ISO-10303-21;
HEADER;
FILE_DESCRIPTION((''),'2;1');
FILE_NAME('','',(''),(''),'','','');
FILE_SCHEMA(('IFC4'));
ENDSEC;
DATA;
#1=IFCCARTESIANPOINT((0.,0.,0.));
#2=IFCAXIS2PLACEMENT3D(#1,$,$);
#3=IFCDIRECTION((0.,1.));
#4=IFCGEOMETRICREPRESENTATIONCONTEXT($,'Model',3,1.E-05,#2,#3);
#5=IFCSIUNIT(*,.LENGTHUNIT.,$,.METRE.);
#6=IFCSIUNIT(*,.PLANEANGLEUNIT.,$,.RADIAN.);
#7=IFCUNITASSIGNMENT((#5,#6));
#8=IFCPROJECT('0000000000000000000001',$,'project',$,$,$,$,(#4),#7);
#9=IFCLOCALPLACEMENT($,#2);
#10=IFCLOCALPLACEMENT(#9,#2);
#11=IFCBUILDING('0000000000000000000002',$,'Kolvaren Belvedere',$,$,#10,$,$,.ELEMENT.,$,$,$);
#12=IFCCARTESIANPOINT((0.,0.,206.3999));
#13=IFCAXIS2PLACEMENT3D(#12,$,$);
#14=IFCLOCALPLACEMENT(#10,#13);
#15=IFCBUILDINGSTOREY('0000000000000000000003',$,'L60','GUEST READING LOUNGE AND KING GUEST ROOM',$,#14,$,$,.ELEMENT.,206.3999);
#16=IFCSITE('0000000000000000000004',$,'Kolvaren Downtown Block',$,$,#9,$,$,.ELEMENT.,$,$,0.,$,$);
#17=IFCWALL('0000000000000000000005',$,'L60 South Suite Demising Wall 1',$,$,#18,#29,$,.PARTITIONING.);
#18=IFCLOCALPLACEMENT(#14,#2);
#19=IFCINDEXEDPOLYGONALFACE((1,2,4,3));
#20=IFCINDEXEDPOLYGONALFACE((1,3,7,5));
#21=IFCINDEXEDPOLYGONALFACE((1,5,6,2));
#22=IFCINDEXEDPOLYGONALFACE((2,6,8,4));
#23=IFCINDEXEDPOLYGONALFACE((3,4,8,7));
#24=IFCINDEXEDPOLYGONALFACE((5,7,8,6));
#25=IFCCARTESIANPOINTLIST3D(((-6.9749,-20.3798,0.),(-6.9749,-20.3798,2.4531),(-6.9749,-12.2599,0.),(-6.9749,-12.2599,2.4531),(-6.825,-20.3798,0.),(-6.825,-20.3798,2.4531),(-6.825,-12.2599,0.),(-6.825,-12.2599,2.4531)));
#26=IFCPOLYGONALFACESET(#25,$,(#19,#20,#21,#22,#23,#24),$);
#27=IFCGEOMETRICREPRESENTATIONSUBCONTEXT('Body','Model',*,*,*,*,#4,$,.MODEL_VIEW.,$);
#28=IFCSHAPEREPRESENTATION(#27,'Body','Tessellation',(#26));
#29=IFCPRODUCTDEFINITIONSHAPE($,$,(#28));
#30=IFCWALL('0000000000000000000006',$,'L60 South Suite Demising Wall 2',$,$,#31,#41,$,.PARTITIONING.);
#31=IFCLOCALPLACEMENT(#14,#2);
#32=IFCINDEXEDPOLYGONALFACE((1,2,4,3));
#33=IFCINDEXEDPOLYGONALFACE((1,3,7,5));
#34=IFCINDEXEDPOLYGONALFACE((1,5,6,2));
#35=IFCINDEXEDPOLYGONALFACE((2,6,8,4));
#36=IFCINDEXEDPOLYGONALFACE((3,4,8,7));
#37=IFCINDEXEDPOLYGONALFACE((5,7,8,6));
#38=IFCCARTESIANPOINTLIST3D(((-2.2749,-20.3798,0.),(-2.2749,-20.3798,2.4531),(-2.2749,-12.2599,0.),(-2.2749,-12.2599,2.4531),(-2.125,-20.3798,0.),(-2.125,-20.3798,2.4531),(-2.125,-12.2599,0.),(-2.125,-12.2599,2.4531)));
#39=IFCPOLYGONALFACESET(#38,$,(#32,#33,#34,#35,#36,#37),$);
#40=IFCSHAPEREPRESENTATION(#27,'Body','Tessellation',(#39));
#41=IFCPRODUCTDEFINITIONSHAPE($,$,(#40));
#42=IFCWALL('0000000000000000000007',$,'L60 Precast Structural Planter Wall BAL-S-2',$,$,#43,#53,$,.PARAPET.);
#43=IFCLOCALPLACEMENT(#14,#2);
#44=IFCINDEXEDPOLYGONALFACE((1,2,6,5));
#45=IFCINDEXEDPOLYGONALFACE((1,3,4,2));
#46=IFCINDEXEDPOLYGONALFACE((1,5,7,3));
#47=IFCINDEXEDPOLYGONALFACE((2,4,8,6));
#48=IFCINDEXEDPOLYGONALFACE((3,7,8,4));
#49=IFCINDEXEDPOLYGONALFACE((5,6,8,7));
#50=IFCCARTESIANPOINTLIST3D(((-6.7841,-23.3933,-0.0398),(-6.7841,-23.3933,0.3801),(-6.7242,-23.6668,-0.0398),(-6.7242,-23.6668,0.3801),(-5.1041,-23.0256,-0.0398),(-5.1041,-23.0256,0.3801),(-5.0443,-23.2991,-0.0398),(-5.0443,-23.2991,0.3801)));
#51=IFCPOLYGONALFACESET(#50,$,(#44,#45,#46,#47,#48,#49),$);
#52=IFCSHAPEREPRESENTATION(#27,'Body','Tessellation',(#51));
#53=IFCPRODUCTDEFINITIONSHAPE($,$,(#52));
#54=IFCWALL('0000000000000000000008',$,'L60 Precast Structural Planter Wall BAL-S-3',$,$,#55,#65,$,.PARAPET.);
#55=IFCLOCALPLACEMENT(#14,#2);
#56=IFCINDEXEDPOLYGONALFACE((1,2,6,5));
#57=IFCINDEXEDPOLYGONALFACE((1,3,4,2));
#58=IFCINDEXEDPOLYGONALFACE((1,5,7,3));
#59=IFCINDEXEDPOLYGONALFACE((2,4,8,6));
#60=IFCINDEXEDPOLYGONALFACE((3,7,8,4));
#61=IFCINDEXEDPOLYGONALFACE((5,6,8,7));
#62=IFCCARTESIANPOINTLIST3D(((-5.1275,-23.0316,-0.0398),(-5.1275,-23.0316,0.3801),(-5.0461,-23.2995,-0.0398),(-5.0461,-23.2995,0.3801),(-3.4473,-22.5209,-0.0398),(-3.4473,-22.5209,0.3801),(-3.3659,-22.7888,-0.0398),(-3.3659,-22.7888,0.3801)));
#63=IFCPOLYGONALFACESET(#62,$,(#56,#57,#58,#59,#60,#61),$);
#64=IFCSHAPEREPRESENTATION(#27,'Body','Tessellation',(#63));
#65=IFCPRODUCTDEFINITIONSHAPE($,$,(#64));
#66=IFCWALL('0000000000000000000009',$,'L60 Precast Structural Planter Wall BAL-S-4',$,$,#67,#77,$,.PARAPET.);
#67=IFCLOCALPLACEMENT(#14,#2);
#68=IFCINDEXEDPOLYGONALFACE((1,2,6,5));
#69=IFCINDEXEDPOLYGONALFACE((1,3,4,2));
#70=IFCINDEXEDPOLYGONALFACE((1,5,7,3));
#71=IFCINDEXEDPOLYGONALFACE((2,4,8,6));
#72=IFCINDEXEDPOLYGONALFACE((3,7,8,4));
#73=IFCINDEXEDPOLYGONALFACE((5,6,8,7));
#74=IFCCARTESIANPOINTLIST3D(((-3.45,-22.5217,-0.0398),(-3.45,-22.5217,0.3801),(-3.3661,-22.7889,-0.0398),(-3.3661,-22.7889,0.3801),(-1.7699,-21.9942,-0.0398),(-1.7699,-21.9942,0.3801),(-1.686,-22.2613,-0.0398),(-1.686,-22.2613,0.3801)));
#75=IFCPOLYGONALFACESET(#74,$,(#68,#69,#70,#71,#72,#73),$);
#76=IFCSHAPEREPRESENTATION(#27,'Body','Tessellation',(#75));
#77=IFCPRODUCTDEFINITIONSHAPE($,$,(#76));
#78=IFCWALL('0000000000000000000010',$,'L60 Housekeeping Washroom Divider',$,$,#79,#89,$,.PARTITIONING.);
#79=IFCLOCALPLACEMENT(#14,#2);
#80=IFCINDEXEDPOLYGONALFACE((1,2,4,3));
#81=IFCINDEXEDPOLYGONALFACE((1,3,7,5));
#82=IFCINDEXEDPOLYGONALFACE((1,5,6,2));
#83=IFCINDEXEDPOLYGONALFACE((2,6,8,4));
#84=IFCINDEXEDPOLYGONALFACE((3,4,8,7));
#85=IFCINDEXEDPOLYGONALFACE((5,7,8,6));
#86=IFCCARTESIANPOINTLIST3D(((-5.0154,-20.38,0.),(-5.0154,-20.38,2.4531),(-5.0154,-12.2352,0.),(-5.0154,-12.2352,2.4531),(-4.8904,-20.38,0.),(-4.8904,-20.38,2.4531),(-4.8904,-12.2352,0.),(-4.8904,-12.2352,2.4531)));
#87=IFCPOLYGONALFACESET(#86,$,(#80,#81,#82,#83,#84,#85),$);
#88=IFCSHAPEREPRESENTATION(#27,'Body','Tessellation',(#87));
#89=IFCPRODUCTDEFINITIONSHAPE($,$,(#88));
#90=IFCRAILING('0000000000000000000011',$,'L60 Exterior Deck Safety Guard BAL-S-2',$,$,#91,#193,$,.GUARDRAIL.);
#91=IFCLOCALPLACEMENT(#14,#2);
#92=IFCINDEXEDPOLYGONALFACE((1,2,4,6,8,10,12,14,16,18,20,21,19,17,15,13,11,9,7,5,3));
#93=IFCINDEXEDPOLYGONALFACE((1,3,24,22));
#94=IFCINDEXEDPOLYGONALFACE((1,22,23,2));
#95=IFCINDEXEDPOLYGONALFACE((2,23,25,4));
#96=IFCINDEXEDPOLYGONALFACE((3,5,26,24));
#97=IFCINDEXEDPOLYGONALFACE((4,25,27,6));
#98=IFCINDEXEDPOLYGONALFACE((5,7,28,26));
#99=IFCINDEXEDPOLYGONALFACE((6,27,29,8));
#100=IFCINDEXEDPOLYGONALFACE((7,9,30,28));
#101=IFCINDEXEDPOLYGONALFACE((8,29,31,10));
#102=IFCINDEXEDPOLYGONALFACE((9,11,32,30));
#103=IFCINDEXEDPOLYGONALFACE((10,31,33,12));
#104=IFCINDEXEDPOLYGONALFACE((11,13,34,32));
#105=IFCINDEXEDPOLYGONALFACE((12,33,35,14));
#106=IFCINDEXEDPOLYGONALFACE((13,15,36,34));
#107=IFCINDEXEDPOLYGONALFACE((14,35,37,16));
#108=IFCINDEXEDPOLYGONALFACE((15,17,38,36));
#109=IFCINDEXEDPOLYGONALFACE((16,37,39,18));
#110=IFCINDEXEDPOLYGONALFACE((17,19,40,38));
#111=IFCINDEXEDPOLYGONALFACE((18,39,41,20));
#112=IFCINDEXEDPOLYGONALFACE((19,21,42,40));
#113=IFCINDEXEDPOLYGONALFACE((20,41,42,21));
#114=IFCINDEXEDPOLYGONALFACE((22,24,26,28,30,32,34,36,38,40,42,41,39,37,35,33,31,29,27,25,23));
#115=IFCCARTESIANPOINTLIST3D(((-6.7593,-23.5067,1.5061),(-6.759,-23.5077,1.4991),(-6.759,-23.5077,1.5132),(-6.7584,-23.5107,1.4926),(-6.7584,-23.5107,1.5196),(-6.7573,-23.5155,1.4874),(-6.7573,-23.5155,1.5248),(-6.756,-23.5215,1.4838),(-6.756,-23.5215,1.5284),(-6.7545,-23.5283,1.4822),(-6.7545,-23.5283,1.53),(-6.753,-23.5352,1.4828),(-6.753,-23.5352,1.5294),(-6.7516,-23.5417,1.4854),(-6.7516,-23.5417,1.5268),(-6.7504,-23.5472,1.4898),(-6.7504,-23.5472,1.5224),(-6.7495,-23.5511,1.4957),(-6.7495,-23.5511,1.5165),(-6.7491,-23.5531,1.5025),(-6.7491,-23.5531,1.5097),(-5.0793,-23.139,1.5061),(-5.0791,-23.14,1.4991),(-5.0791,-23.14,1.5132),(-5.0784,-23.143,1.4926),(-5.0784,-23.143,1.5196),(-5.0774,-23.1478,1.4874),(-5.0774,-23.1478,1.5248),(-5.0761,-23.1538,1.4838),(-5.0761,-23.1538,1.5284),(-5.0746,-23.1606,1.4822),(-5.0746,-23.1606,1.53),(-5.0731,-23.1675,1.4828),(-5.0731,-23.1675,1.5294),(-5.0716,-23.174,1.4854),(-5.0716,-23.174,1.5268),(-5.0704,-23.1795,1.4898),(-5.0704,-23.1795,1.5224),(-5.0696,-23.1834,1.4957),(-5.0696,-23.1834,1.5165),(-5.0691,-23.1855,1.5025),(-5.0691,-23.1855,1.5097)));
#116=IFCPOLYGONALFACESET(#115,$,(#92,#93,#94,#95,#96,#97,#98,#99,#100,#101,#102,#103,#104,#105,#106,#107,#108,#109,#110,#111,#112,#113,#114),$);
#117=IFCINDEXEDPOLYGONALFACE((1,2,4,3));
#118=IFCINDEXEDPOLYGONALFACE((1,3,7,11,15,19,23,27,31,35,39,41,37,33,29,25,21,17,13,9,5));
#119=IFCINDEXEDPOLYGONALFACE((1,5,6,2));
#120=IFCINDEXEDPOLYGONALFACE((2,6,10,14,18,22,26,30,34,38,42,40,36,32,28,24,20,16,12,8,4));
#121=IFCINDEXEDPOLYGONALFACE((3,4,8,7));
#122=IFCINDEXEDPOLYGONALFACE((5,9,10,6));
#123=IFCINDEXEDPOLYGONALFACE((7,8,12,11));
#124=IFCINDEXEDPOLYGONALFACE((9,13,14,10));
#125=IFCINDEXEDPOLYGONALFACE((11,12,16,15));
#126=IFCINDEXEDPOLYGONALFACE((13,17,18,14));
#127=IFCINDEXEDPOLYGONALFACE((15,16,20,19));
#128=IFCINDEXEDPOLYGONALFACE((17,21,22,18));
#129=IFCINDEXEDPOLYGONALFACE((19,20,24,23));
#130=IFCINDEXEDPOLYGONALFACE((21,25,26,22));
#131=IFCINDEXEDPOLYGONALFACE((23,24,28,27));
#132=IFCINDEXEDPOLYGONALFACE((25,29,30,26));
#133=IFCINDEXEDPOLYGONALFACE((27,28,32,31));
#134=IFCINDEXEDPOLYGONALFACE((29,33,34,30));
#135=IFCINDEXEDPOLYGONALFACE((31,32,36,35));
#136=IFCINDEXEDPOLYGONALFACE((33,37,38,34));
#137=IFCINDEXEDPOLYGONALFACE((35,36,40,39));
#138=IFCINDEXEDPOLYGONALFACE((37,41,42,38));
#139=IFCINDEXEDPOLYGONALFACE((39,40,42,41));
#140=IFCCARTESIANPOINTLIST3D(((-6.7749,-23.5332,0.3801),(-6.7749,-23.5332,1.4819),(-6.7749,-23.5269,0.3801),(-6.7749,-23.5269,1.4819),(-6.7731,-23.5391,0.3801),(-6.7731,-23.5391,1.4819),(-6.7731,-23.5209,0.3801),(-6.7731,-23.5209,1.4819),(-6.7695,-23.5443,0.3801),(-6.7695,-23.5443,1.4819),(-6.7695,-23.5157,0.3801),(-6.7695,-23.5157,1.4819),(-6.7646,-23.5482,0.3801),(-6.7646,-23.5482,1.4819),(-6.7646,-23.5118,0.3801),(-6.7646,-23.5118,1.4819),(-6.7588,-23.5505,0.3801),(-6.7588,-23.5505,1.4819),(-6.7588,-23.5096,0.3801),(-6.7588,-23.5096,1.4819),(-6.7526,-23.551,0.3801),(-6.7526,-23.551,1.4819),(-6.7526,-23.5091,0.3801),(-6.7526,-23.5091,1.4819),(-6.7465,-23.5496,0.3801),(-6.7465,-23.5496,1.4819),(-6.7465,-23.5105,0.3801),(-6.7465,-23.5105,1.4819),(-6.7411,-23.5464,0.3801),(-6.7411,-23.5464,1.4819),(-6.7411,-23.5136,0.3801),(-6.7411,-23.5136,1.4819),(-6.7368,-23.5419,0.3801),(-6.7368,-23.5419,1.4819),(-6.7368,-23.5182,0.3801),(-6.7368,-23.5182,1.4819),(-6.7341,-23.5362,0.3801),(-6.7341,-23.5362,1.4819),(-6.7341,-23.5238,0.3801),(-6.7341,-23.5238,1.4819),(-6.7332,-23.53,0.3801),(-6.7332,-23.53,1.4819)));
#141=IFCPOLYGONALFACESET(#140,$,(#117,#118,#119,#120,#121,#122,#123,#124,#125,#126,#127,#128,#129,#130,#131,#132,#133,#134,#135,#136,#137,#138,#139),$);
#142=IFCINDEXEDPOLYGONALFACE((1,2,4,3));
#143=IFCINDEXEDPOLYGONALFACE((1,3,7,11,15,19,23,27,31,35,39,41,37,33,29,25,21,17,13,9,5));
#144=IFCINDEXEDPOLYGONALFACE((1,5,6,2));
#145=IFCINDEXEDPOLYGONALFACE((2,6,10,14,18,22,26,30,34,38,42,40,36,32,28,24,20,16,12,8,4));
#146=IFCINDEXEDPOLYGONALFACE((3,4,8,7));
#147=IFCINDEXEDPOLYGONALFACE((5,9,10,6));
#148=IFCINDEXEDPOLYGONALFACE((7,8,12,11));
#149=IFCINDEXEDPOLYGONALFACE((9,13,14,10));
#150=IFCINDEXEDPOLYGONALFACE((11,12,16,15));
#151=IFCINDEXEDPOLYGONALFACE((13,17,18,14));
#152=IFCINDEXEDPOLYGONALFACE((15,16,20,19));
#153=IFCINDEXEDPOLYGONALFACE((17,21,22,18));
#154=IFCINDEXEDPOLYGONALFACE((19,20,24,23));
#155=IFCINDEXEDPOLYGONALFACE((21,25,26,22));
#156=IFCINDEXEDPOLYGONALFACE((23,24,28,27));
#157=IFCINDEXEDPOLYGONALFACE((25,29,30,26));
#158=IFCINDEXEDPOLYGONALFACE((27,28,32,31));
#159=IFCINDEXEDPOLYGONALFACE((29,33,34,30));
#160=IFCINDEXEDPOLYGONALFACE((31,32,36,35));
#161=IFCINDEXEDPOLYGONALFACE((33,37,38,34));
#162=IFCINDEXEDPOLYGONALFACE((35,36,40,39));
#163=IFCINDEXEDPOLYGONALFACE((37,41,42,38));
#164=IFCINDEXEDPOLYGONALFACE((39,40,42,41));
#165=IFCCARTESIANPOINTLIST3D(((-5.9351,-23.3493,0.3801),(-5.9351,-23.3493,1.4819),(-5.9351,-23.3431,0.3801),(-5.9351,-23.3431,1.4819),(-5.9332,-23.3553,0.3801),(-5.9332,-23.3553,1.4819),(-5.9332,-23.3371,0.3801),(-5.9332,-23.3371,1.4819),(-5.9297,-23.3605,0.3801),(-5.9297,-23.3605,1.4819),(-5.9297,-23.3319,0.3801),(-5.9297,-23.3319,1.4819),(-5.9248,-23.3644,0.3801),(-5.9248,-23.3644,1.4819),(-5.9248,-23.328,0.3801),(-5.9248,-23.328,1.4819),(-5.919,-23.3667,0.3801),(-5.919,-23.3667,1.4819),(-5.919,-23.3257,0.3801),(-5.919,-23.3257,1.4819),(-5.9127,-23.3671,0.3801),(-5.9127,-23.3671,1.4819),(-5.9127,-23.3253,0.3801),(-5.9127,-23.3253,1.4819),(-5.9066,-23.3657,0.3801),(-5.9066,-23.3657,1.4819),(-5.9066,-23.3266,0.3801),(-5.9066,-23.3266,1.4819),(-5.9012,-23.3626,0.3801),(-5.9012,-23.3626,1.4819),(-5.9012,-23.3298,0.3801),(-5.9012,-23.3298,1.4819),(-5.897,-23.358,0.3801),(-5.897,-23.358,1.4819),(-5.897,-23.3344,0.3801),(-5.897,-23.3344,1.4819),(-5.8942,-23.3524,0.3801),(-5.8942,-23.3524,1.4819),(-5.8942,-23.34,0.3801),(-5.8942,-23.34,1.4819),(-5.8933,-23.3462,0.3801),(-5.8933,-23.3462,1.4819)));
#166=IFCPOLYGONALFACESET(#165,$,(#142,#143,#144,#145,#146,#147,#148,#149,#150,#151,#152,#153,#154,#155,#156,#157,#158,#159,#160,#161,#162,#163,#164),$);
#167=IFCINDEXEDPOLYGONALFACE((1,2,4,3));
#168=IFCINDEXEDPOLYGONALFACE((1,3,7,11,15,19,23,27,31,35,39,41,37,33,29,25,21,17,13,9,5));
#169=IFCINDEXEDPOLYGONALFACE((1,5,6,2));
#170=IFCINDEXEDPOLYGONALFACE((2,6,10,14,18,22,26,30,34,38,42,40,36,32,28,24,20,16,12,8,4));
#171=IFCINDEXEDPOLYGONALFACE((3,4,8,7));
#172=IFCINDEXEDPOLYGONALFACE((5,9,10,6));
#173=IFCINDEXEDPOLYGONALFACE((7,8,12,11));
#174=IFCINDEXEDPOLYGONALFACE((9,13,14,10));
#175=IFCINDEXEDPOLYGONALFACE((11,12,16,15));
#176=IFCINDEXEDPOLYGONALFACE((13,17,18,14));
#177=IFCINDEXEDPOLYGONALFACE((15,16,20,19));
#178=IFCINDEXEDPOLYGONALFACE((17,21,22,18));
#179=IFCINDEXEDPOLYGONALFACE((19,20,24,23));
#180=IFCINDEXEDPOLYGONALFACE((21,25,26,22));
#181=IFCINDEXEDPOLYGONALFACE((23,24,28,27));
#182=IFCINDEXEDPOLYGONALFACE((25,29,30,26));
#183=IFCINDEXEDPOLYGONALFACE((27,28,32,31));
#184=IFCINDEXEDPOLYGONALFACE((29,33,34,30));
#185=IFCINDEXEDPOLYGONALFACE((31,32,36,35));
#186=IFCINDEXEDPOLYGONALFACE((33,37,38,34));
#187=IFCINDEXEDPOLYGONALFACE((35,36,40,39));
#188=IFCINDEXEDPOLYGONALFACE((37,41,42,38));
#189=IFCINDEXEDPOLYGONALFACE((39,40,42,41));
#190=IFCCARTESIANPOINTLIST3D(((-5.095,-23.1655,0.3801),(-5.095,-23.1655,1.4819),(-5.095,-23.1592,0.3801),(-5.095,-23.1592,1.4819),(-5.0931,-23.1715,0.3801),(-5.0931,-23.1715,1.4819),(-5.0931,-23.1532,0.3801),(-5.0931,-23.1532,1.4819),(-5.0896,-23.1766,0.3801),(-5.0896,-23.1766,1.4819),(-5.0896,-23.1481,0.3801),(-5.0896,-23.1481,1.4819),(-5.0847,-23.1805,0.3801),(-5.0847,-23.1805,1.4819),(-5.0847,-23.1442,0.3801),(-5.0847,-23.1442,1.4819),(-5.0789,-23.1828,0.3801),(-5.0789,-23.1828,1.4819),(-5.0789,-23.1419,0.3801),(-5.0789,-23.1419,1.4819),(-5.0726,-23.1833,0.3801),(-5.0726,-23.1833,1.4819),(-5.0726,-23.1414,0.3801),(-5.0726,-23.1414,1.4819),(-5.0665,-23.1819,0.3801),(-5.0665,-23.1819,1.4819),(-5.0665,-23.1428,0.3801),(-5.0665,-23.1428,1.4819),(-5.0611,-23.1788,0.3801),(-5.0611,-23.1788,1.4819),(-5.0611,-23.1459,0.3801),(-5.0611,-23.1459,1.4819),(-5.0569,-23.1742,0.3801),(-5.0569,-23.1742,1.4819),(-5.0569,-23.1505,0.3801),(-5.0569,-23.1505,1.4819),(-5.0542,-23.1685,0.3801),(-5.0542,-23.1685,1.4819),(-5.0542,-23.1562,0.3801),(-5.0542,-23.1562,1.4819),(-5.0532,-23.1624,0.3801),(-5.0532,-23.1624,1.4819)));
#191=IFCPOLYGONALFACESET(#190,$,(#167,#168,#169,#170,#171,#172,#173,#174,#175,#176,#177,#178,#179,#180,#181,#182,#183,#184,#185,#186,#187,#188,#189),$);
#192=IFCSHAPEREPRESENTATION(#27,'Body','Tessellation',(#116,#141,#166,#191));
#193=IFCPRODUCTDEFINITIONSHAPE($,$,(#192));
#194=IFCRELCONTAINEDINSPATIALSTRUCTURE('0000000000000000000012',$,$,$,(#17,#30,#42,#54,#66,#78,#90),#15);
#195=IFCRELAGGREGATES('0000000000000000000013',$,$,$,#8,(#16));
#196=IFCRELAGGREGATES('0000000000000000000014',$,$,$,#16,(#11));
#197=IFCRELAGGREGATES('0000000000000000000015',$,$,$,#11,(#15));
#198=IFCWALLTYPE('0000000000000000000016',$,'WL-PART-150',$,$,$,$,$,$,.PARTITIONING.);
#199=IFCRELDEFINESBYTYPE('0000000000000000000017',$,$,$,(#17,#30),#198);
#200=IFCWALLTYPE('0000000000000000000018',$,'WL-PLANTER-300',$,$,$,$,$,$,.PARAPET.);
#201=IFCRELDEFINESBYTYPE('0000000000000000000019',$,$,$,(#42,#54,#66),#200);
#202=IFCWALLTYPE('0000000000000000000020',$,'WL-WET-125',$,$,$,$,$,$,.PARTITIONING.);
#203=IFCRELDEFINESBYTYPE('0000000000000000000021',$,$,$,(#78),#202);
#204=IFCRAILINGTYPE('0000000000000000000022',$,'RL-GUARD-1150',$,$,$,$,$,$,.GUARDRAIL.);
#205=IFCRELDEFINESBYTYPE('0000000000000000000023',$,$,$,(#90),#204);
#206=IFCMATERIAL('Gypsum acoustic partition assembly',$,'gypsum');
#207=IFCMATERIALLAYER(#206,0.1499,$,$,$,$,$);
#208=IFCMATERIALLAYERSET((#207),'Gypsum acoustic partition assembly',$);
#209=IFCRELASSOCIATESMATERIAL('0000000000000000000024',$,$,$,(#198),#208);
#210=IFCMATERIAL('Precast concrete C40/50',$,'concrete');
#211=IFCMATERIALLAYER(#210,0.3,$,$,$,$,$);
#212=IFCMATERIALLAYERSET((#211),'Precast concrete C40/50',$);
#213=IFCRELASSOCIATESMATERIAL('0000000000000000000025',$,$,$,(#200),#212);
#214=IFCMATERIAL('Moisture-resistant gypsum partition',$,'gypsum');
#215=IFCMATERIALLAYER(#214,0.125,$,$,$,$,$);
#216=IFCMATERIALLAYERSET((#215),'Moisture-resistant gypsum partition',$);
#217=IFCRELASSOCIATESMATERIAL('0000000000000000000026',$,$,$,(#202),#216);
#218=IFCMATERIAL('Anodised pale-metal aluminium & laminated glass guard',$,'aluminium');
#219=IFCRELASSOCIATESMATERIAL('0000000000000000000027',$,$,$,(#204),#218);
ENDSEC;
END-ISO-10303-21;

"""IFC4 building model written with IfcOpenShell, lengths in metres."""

from ifc_helpers import new_model, si_unit, direction, frame, frame_2d, origin, origin_2d, place, context, subcontext, project, spatial, rectangle, circle, extrude, material, layer, layer_set, type_object, element, save


model = new_model("IFC4")

# Units and contexts
model_context = context("Model", 3, precision=1e-05, world=origin(), true_north=direction((0.0, 1.0)))
body_context = subcontext(model_context, "Body", "Model", "MODEL_VIEW")
ifc_project = project(units=[si_unit("LENGTHUNIT", "METRE"), si_unit("PLANEANGLEUNIT", "RADIAN")], contexts=[model_context])

# Site, building, storey
site_placement = place(None, origin())
site = spatial("IfcSite", under=ifc_project, at=site_placement, Name="Kolvaren Downtown Block", CompositionType="ELEMENT", RefElevation=0.0)
building_placement = place(site_placement, origin())
building = spatial("IfcBuilding", under=site, at=building_placement, Name="Kolvaren Belvedere", CompositionType="ELEMENT")
storey_placement = place(building_placement, frame((0.0, 0.0, 206.3999)))
storey = spatial("IfcBuildingStorey", under=building, at=storey_placement, Name="L60", Description="GUEST READING LOUNGE AND KING GUEST ROOM", CompositionType="ELEMENT", Elevation=206.3999)

# Walls
ifc_material_1 = material(Name="Gypsum acoustic partition assembly", Category="gypsum")
ifc_layer_1 = layer(ifc_material_1, 0.1499)
ifc_layer_set_1 = layer_set([ifc_layer_1], Name="Gypsum acoustic partition assembly")
wall_type_1 = type_object("IfcWallType", Name="WL-PART-150", PredefinedType="PARTITIONING", material=ifc_layer_set_1)
for number, where, z_axis, x_axis, name in (
    (1, (-6.8999, -20.3799, 0.0), (0.0, 0.0, 1.0), (0.0, 1.0, 0.0), "L60 South Suite Demising Wall 1"),
    (2, (-2.2, -20.3799, 0.0), (0.0, 0.0, 1.0), (0.0, 1.0, 0.0), "L60 South Suite Demising Wall 2"),
):
    element("IfcWall", number, at=place(storey_placement, frame(where, z_axis=z_axis, x_axis=x_axis)), inside=storey, type_object=wall_type_1, Name=name, PredefinedType="PARTITIONING", context=body_context, shape_type="SweptSolid", body=[
        extrude(rectangle(XDim=8.1199, YDim=0.1499, at=frame_2d((4.0601, 0.0))), origin(), (0.0, 0.0, 1.0), 2.4531),
    ])
ifc_material_2 = material(Name="Precast concrete C40/50", Category="concrete")
ifc_layer_2 = layer(ifc_material_2, 0.3)
ifc_layer_set_2 = layer_set([ifc_layer_2], Name="Precast concrete C40/50")
wall_type_2 = type_object("IfcWallType", Name="WL-PLANTER-300", PredefinedType="PARAPET", material=ifc_layer_set_2)
wall_1_placement = place(storey_placement, frame((-6.7542, -23.53, -0.0398), z_axis=(0.0, 0.0, 1.0), x_axis=(0.976877, 0.213803, 0.0)))
element("IfcWall", 3, at=wall_1_placement, inside=storey, type_object=wall_type_2, Name="L60 Precast Structural Planter Wall BAL-S-2", PredefinedType="PARAPET", context=body_context, shape_type="SweptSolid", body=[
    extrude(rectangle(XDim=1.7197, YDim=0.28, at=frame_2d((0.8599, 0.0))), origin(), (0.0, 0.0, 1.0), 0.4199),
])
wall_2_placement = place(storey_placement, frame((-5.0867, -23.1655, -0.0398), z_axis=(0.0, 0.0, 1.0), x_axis=(0.956771, 0.290841, 0.0)))
element("IfcWall", 4, at=wall_2_placement, inside=storey, type_object=wall_type_2, Name="L60 Precast Structural Planter Wall BAL-S-3", PredefinedType="PARAPET", context=body_context, shape_type="SweptSolid", body=[
    extrude(rectangle(XDim=1.7561, YDim=0.28, at=frame_2d((0.8779, 0.0))), origin(), (0.0, 0.0, 1.0), 0.4199),
])
wall_3_placement = place(storey_placement, frame((-3.408, -22.6553, -0.0398), z_axis=(0.0, 0.0, 1.0), x_axis=(0.95407, 0.299585, 0.0)))
element("IfcWall", 5, at=wall_3_placement, inside=storey, type_object=wall_type_2, Name="L60 Precast Structural Planter Wall BAL-S-4", PredefinedType="PARAPET", context=body_context, shape_type="SweptSolid", body=[
    extrude(rectangle(XDim=1.761, YDim=0.28, at=frame_2d((0.8804, 0.0))), origin(), (0.0, 0.0, 1.0), 0.4199),
])
ifc_material_3 = material(Name="Moisture-resistant gypsum partition", Category="gypsum")
ifc_layer_3 = layer(ifc_material_3, 0.125)
ifc_layer_set_3 = layer_set([ifc_layer_3], Name="Moisture-resistant gypsum partition")
wall_type_3 = type_object("IfcWallType", Name="WL-WET-125", PredefinedType="PARTITIONING", material=ifc_layer_set_3)
wall_4_placement = place(storey_placement, frame((-4.9529, -20.3799, 0.0), z_axis=(0.0, 0.0, 1.0), x_axis=(0.0, 1.0, 0.0)))
element("IfcWall", 6, at=wall_4_placement, inside=storey, type_object=wall_type_3, Name="L60 Housekeeping Washroom Divider", PredefinedType="PARTITIONING", context=body_context, shape_type="SweptSolid", body=[
    extrude(rectangle(XDim=8.1448, YDim=0.125, at=frame_2d((4.0723, 0.0))), origin(), (0.0, 0.0, 1.0), 2.4531),
])

# Railing
ifc_material_4 = material(Name="Anodised pale-metal aluminium & laminated glass guard", Category="aluminium")
railing_type = type_object("IfcRailingType", Name="RL-GUARD-1150", PredefinedType="GUARDRAIL", material=ifc_material_4)
railing_1_placement = place(storey_placement, frame((-6.7542, -23.53, 0.3801)))
element("IfcRailing", 7, at=railing_1_placement, inside=storey, type_object=railing_type, Name="L60 Exterior Deck Safety Guard BAL-S-2", PredefinedType="GUARDRAIL", context=body_context, shape_type="SweptSolid", body=[
    extrude(circle(Radius=0.0239, at=origin_2d()), frame((0.0, 0.0, 1.126), z_axis=(0.976877, 0.213803, 0.0), x_axis=(-0.213803, 0.976877, 0.0)), (0.0, 0.0, 1.0), 1.7197),
    extrude(circle(Radius=0.021, at=origin_2d()), origin(), (0.0, 0.0, 1.0), 1.1018),
    extrude(circle(Radius=0.021, at=origin_2d()), frame((0.8398, 0.1838, 0.0)), (0.0, 0.0, 1.0), 1.1018),
    extrude(circle(Radius=0.021, at=origin_2d()), frame((1.6799, 0.3677, 0.0)), (0.0, 0.0, 1.0), 1.1018),
])

save(model, "model.ifc")
